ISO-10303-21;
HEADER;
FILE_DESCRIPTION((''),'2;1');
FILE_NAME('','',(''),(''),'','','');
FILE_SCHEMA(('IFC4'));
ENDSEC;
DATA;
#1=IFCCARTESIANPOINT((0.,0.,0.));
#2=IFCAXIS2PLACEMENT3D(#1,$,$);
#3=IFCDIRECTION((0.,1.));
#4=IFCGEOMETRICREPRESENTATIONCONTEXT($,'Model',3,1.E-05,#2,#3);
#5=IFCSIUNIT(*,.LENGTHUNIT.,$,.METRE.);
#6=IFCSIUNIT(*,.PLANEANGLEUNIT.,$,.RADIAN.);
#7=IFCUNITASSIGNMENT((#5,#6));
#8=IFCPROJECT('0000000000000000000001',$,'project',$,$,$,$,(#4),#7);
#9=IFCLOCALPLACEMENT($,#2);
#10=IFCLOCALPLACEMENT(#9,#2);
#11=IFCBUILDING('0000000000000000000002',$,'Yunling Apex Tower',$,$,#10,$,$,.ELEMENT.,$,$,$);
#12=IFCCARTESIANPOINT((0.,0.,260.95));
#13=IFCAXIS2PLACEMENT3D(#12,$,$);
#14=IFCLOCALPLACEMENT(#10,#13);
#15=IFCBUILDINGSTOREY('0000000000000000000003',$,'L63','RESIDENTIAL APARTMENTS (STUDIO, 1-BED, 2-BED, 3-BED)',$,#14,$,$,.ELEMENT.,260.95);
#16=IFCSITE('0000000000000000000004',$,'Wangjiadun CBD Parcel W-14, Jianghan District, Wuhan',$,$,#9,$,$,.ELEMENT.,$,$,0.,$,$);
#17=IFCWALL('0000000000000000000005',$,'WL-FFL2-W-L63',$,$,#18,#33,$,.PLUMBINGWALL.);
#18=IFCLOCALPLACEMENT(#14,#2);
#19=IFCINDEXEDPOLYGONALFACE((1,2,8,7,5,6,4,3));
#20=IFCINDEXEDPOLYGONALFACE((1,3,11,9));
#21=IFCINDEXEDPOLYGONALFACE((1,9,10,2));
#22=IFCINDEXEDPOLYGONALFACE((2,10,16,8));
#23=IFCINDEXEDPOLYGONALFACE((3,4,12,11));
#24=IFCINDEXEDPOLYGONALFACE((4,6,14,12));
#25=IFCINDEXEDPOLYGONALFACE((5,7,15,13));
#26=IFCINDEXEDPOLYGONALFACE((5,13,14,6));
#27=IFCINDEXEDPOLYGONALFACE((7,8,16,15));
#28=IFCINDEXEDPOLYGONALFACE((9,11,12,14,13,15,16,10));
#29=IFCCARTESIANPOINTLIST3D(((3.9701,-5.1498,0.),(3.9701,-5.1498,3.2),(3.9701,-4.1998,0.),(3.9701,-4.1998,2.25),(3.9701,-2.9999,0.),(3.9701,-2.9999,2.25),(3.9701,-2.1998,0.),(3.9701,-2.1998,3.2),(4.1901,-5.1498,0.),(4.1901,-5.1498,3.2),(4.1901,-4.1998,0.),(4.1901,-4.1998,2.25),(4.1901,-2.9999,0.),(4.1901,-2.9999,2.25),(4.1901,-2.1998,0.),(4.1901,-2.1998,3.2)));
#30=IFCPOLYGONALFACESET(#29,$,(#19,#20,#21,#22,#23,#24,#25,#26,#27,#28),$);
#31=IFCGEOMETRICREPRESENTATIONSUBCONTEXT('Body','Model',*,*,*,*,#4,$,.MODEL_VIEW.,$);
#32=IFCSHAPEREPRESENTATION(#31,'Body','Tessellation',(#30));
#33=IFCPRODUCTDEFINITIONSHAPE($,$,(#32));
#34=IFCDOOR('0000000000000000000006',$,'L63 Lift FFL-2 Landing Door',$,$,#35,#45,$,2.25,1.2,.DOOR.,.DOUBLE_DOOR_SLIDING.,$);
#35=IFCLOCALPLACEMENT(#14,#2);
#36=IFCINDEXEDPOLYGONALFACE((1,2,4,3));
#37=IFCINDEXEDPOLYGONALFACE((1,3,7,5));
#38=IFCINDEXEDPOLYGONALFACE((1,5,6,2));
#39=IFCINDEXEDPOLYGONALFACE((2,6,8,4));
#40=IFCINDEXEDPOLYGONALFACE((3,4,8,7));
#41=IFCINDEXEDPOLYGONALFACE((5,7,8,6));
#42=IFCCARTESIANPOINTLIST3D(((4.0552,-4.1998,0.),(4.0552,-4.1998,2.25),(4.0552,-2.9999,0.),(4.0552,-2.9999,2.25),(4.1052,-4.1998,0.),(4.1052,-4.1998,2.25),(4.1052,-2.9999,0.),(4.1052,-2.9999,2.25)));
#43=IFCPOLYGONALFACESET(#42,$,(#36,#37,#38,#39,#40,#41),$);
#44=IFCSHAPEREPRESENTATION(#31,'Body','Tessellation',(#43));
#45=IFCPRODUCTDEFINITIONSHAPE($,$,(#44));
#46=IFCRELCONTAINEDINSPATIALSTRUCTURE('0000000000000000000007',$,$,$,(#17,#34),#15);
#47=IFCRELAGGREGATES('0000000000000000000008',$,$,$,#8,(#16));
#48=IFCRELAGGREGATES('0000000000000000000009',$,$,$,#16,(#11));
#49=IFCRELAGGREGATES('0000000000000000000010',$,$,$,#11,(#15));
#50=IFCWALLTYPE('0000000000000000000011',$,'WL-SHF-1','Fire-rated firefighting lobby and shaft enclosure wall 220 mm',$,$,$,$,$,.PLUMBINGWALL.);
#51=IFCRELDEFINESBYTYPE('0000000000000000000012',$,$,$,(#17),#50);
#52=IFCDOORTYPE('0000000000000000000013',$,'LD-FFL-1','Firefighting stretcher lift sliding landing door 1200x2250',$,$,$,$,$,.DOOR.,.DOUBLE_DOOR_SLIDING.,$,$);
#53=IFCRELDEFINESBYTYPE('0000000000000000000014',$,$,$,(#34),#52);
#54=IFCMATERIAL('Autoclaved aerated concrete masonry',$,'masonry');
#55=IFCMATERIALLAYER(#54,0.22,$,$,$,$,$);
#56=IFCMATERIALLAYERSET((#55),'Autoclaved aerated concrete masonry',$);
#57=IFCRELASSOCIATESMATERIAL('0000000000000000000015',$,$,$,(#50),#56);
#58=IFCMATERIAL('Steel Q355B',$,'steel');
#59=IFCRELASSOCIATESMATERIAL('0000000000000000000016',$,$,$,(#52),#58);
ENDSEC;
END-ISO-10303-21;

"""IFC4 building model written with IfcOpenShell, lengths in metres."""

from ifc_helpers import new_model, si_unit, direction, frame, frame_2d, origin, place, context, subcontext, project, spatial, rectangle, extrude, material, layer, layer_set, type_object, element, fill, save


model = new_model("IFC4")

# Units and contexts
model_context = context("Model", 3, precision=1e-05, world=origin(), true_north=direction((0.0, 1.0)))
body_context = subcontext(model_context, "Body", "Model", "MODEL_VIEW")
ifc_project = project(units=[si_unit("LENGTHUNIT", "METRE"), si_unit("PLANEANGLEUNIT", "RADIAN")], contexts=[model_context])

# Site, building, storey
site_placement = place(None, origin())
site = spatial("IfcSite", under=ifc_project, at=site_placement, Name="Wangjiadun CBD Parcel W-14, Jianghan District, Wuhan", CompositionType="ELEMENT", RefElevation=0.0)
building_placement = place(site_placement, origin())
building = spatial("IfcBuilding", under=site, at=building_placement, Name="Yunling Apex Tower", CompositionType="ELEMENT")
storey_placement = place(building_placement, frame((0.0, 0.0, 260.95)))
storey = spatial("IfcBuildingStorey", under=building, at=storey_placement, Name="L63", Description="RESIDENTIAL APARTMENTS (STUDIO, 1-BED, 2-BED, 3-BED)", CompositionType="ELEMENT", Elevation=260.95)

# Shared definitions
ifc_material_1 = material(Name="Steel Q355B", Category="steel")

# Wall, opening, door
ifc_material_2 = material(Name="Autoclaved aerated concrete masonry", Category="masonry")
ifc_layer_1 = layer(ifc_material_2, 0.22)
ifc_layer_set_1 = layer_set([ifc_layer_1], Name="Autoclaved aerated concrete masonry")
wall_type_1 = type_object("IfcWallType", Name="WL-SHF-1", Description="Fire-rated firefighting lobby and shaft enclosure wall 220 mm", PredefinedType="PLUMBINGWALL", material=ifc_layer_set_1)
wall_1_placement = place(storey_placement, frame((4.0801, -5.1499, 0.0), z_axis=(0.0, 0.0, 1.0), x_axis=(0.0, 1.0, 0.0)))
wall_1 = element("IfcWall", 1, at=wall_1_placement, inside=storey, type_object=wall_type_1, Name="WL-FFL2-W-L63", PredefinedType="PLUMBINGWALL", context=body_context, shape_type="SweptSolid", body=[
    extrude(rectangle(XDim=2.95, YDim=0.22, at=frame_2d((1.4751, 0.0))), origin(), (0.0, 0.0, 1.0), 3.2),
])
opening_1_placement = place(wall_1_placement, frame((0.95, 0.0, 0.0)))
opening_1 = element("IfcOpeningElement", 2, at=opening_1_placement, cuts=wall_1, PredefinedType="OPENING", context=body_context, shape_type="SweptSolid", body=[
    extrude(rectangle(XDim=1.2, YDim=2.25, at=frame_2d((0.6001, 1.125))), frame((0.0, 0.1201, 0.0), z_axis=(0.0, -1.0, 0.0), x_axis=(1.0, 0.0, 0.0)), (0.0, 0.0, 1.0), 0.24),
])
door_type_1 = type_object("IfcDoorType", Name="LD-FFL-1", Description="Firefighting stretcher lift sliding landing door 1200x2250", OperationType="DOUBLE_DOOR_SLIDING", PredefinedType="DOOR", material=ifc_material_1)
door_1_placement = place(opening_1_placement, origin())
door_1 = element("IfcDoor", 3, at=door_1_placement, inside=storey, type_object=door_type_1, Name="L63 Lift FFL-2 Landing Door", OperationType="DOUBLE_DOOR_SLIDING", OverallHeight=2.25, OverallWidth=1.2, PredefinedType="DOOR", context=body_context, shape_type="SweptSolid", body=[
    extrude(rectangle(XDim=1.2, YDim=2.25, at=frame_2d((0.6001, 1.125))), frame((0.0, 0.0249, 0.0), z_axis=(0.0, -1.0, 0.0), x_axis=(1.0, 0.0, 0.0)), (0.0, 0.0, 1.0), 0.05),
])
fill(opening_1, door_1)

save(model, "model.ifc")
